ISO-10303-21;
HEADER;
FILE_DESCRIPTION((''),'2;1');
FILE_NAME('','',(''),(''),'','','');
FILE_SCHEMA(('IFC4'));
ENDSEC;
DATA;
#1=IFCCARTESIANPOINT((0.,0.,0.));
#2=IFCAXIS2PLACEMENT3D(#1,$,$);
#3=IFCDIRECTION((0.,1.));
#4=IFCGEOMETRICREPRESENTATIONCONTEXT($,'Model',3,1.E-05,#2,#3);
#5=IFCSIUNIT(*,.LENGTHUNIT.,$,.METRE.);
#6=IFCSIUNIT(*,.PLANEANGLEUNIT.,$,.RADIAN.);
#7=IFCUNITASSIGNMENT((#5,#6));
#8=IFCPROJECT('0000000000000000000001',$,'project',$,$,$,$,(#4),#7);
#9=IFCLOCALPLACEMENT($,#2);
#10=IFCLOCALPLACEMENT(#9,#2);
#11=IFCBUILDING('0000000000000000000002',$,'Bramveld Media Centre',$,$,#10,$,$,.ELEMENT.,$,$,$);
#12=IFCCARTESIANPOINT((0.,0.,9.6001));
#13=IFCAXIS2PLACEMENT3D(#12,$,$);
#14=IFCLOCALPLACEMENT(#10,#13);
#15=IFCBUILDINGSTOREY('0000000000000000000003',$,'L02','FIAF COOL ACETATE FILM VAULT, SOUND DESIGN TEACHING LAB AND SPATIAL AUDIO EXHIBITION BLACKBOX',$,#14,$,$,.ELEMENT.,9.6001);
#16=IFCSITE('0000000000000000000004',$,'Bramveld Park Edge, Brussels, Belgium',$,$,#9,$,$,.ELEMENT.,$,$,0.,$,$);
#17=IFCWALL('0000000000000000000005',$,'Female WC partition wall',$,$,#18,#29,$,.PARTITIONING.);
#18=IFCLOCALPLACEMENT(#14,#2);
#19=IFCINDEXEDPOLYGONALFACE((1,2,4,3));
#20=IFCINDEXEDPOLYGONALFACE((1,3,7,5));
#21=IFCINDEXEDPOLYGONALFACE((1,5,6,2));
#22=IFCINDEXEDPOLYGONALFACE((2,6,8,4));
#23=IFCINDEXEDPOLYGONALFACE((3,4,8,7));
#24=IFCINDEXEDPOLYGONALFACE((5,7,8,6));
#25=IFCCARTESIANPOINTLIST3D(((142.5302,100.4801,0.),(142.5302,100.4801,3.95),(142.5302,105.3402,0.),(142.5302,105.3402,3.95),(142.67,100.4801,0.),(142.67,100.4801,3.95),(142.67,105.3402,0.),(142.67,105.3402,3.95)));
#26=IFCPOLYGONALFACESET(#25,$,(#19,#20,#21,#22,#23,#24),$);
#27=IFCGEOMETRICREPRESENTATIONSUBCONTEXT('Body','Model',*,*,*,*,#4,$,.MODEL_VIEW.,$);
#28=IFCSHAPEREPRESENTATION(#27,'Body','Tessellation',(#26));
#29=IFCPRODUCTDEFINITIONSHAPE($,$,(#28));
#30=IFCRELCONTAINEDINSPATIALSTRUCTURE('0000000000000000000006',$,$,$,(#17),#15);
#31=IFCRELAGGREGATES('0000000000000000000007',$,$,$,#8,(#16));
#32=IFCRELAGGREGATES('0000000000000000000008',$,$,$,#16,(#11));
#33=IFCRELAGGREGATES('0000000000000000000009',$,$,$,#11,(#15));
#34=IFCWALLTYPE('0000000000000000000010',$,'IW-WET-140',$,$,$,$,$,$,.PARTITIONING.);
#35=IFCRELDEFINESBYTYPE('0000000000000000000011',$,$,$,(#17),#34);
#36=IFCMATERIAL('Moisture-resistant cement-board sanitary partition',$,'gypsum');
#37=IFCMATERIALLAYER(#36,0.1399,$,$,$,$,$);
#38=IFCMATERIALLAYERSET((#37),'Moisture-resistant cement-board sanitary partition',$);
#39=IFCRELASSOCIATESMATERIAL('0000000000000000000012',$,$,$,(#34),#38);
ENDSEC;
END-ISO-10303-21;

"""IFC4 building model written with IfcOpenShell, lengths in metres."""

from ifc_helpers import new_model, si_unit, direction, frame, frame_2d, origin, place, context, subcontext, project, spatial, rectangle, extrude, material, layer, layer_set, type_object, element, save


model = new_model("IFC4")

# Units and contexts
model_context = context("Model", 3, precision=1e-05, world=origin(), true_north=direction((0.0, 1.0)))
body_context = subcontext(model_context, "Body", "Model", "MODEL_VIEW")
ifc_project = project(units=[si_unit("LENGTHUNIT", "METRE"), si_unit("PLANEANGLEUNIT", "RADIAN")], contexts=[model_context])

# Site, building, storey
site_placement = place(None, origin())
site = spatial("IfcSite", under=ifc_project, at=site_placement, Name="Bramveld Park Edge, Brussels, Belgium", CompositionType="ELEMENT", RefElevation=0.0)
building_placement = place(site_placement, origin())
building = spatial("IfcBuilding", under=site, at=building_placement, Name="Bramveld Media Centre", CompositionType="ELEMENT")
storey_placement = place(building_placement, frame((0.0, 0.0, 9.6001)))
storey = spatial("IfcBuildingStorey", under=building, at=storey_placement, Name="L02", Description="FIAF COOL ACETATE FILM VAULT, SOUND DESIGN TEACHING LAB AND SPATIAL AUDIO EXHIBITION BLACKBOX", CompositionType="ELEMENT", Elevation=9.6001)

# Shared definitions
ifc_material_1 = material(Name="Moisture-resistant cement-board sanitary partition", Category="gypsum")
ifc_layer_1 = layer(ifc_material_1, 0.1399)
ifc_layer_set_1 = layer_set([ifc_layer_1], Name="Moisture-resistant cement-board sanitary partition")
wall_type_1 = type_object("IfcWallType", Name="IW-WET-140", PredefinedType="PARTITIONING", material=ifc_layer_set_1)

# Wall
wall_1_placement = place(storey_placement, frame((142.6001, 100.48, 0.0), z_axis=(0.0, 0.0, 1.0), x_axis=(0.0, 1.0, 0.0)))
element("IfcWall", 1, at=wall_1_placement, inside=storey, type_object=wall_type_1, Name="Female WC partition wall", PredefinedType="PARTITIONING", context=body_context, shape_type="SweptSolid", body=[
    extrude(rectangle(XDim=4.8601, YDim=0.1399, at=frame_2d((2.4302, 0.0))), origin(), (0.0, 0.0, 1.0), 3.95),
])

save(model, "model.ifc")
